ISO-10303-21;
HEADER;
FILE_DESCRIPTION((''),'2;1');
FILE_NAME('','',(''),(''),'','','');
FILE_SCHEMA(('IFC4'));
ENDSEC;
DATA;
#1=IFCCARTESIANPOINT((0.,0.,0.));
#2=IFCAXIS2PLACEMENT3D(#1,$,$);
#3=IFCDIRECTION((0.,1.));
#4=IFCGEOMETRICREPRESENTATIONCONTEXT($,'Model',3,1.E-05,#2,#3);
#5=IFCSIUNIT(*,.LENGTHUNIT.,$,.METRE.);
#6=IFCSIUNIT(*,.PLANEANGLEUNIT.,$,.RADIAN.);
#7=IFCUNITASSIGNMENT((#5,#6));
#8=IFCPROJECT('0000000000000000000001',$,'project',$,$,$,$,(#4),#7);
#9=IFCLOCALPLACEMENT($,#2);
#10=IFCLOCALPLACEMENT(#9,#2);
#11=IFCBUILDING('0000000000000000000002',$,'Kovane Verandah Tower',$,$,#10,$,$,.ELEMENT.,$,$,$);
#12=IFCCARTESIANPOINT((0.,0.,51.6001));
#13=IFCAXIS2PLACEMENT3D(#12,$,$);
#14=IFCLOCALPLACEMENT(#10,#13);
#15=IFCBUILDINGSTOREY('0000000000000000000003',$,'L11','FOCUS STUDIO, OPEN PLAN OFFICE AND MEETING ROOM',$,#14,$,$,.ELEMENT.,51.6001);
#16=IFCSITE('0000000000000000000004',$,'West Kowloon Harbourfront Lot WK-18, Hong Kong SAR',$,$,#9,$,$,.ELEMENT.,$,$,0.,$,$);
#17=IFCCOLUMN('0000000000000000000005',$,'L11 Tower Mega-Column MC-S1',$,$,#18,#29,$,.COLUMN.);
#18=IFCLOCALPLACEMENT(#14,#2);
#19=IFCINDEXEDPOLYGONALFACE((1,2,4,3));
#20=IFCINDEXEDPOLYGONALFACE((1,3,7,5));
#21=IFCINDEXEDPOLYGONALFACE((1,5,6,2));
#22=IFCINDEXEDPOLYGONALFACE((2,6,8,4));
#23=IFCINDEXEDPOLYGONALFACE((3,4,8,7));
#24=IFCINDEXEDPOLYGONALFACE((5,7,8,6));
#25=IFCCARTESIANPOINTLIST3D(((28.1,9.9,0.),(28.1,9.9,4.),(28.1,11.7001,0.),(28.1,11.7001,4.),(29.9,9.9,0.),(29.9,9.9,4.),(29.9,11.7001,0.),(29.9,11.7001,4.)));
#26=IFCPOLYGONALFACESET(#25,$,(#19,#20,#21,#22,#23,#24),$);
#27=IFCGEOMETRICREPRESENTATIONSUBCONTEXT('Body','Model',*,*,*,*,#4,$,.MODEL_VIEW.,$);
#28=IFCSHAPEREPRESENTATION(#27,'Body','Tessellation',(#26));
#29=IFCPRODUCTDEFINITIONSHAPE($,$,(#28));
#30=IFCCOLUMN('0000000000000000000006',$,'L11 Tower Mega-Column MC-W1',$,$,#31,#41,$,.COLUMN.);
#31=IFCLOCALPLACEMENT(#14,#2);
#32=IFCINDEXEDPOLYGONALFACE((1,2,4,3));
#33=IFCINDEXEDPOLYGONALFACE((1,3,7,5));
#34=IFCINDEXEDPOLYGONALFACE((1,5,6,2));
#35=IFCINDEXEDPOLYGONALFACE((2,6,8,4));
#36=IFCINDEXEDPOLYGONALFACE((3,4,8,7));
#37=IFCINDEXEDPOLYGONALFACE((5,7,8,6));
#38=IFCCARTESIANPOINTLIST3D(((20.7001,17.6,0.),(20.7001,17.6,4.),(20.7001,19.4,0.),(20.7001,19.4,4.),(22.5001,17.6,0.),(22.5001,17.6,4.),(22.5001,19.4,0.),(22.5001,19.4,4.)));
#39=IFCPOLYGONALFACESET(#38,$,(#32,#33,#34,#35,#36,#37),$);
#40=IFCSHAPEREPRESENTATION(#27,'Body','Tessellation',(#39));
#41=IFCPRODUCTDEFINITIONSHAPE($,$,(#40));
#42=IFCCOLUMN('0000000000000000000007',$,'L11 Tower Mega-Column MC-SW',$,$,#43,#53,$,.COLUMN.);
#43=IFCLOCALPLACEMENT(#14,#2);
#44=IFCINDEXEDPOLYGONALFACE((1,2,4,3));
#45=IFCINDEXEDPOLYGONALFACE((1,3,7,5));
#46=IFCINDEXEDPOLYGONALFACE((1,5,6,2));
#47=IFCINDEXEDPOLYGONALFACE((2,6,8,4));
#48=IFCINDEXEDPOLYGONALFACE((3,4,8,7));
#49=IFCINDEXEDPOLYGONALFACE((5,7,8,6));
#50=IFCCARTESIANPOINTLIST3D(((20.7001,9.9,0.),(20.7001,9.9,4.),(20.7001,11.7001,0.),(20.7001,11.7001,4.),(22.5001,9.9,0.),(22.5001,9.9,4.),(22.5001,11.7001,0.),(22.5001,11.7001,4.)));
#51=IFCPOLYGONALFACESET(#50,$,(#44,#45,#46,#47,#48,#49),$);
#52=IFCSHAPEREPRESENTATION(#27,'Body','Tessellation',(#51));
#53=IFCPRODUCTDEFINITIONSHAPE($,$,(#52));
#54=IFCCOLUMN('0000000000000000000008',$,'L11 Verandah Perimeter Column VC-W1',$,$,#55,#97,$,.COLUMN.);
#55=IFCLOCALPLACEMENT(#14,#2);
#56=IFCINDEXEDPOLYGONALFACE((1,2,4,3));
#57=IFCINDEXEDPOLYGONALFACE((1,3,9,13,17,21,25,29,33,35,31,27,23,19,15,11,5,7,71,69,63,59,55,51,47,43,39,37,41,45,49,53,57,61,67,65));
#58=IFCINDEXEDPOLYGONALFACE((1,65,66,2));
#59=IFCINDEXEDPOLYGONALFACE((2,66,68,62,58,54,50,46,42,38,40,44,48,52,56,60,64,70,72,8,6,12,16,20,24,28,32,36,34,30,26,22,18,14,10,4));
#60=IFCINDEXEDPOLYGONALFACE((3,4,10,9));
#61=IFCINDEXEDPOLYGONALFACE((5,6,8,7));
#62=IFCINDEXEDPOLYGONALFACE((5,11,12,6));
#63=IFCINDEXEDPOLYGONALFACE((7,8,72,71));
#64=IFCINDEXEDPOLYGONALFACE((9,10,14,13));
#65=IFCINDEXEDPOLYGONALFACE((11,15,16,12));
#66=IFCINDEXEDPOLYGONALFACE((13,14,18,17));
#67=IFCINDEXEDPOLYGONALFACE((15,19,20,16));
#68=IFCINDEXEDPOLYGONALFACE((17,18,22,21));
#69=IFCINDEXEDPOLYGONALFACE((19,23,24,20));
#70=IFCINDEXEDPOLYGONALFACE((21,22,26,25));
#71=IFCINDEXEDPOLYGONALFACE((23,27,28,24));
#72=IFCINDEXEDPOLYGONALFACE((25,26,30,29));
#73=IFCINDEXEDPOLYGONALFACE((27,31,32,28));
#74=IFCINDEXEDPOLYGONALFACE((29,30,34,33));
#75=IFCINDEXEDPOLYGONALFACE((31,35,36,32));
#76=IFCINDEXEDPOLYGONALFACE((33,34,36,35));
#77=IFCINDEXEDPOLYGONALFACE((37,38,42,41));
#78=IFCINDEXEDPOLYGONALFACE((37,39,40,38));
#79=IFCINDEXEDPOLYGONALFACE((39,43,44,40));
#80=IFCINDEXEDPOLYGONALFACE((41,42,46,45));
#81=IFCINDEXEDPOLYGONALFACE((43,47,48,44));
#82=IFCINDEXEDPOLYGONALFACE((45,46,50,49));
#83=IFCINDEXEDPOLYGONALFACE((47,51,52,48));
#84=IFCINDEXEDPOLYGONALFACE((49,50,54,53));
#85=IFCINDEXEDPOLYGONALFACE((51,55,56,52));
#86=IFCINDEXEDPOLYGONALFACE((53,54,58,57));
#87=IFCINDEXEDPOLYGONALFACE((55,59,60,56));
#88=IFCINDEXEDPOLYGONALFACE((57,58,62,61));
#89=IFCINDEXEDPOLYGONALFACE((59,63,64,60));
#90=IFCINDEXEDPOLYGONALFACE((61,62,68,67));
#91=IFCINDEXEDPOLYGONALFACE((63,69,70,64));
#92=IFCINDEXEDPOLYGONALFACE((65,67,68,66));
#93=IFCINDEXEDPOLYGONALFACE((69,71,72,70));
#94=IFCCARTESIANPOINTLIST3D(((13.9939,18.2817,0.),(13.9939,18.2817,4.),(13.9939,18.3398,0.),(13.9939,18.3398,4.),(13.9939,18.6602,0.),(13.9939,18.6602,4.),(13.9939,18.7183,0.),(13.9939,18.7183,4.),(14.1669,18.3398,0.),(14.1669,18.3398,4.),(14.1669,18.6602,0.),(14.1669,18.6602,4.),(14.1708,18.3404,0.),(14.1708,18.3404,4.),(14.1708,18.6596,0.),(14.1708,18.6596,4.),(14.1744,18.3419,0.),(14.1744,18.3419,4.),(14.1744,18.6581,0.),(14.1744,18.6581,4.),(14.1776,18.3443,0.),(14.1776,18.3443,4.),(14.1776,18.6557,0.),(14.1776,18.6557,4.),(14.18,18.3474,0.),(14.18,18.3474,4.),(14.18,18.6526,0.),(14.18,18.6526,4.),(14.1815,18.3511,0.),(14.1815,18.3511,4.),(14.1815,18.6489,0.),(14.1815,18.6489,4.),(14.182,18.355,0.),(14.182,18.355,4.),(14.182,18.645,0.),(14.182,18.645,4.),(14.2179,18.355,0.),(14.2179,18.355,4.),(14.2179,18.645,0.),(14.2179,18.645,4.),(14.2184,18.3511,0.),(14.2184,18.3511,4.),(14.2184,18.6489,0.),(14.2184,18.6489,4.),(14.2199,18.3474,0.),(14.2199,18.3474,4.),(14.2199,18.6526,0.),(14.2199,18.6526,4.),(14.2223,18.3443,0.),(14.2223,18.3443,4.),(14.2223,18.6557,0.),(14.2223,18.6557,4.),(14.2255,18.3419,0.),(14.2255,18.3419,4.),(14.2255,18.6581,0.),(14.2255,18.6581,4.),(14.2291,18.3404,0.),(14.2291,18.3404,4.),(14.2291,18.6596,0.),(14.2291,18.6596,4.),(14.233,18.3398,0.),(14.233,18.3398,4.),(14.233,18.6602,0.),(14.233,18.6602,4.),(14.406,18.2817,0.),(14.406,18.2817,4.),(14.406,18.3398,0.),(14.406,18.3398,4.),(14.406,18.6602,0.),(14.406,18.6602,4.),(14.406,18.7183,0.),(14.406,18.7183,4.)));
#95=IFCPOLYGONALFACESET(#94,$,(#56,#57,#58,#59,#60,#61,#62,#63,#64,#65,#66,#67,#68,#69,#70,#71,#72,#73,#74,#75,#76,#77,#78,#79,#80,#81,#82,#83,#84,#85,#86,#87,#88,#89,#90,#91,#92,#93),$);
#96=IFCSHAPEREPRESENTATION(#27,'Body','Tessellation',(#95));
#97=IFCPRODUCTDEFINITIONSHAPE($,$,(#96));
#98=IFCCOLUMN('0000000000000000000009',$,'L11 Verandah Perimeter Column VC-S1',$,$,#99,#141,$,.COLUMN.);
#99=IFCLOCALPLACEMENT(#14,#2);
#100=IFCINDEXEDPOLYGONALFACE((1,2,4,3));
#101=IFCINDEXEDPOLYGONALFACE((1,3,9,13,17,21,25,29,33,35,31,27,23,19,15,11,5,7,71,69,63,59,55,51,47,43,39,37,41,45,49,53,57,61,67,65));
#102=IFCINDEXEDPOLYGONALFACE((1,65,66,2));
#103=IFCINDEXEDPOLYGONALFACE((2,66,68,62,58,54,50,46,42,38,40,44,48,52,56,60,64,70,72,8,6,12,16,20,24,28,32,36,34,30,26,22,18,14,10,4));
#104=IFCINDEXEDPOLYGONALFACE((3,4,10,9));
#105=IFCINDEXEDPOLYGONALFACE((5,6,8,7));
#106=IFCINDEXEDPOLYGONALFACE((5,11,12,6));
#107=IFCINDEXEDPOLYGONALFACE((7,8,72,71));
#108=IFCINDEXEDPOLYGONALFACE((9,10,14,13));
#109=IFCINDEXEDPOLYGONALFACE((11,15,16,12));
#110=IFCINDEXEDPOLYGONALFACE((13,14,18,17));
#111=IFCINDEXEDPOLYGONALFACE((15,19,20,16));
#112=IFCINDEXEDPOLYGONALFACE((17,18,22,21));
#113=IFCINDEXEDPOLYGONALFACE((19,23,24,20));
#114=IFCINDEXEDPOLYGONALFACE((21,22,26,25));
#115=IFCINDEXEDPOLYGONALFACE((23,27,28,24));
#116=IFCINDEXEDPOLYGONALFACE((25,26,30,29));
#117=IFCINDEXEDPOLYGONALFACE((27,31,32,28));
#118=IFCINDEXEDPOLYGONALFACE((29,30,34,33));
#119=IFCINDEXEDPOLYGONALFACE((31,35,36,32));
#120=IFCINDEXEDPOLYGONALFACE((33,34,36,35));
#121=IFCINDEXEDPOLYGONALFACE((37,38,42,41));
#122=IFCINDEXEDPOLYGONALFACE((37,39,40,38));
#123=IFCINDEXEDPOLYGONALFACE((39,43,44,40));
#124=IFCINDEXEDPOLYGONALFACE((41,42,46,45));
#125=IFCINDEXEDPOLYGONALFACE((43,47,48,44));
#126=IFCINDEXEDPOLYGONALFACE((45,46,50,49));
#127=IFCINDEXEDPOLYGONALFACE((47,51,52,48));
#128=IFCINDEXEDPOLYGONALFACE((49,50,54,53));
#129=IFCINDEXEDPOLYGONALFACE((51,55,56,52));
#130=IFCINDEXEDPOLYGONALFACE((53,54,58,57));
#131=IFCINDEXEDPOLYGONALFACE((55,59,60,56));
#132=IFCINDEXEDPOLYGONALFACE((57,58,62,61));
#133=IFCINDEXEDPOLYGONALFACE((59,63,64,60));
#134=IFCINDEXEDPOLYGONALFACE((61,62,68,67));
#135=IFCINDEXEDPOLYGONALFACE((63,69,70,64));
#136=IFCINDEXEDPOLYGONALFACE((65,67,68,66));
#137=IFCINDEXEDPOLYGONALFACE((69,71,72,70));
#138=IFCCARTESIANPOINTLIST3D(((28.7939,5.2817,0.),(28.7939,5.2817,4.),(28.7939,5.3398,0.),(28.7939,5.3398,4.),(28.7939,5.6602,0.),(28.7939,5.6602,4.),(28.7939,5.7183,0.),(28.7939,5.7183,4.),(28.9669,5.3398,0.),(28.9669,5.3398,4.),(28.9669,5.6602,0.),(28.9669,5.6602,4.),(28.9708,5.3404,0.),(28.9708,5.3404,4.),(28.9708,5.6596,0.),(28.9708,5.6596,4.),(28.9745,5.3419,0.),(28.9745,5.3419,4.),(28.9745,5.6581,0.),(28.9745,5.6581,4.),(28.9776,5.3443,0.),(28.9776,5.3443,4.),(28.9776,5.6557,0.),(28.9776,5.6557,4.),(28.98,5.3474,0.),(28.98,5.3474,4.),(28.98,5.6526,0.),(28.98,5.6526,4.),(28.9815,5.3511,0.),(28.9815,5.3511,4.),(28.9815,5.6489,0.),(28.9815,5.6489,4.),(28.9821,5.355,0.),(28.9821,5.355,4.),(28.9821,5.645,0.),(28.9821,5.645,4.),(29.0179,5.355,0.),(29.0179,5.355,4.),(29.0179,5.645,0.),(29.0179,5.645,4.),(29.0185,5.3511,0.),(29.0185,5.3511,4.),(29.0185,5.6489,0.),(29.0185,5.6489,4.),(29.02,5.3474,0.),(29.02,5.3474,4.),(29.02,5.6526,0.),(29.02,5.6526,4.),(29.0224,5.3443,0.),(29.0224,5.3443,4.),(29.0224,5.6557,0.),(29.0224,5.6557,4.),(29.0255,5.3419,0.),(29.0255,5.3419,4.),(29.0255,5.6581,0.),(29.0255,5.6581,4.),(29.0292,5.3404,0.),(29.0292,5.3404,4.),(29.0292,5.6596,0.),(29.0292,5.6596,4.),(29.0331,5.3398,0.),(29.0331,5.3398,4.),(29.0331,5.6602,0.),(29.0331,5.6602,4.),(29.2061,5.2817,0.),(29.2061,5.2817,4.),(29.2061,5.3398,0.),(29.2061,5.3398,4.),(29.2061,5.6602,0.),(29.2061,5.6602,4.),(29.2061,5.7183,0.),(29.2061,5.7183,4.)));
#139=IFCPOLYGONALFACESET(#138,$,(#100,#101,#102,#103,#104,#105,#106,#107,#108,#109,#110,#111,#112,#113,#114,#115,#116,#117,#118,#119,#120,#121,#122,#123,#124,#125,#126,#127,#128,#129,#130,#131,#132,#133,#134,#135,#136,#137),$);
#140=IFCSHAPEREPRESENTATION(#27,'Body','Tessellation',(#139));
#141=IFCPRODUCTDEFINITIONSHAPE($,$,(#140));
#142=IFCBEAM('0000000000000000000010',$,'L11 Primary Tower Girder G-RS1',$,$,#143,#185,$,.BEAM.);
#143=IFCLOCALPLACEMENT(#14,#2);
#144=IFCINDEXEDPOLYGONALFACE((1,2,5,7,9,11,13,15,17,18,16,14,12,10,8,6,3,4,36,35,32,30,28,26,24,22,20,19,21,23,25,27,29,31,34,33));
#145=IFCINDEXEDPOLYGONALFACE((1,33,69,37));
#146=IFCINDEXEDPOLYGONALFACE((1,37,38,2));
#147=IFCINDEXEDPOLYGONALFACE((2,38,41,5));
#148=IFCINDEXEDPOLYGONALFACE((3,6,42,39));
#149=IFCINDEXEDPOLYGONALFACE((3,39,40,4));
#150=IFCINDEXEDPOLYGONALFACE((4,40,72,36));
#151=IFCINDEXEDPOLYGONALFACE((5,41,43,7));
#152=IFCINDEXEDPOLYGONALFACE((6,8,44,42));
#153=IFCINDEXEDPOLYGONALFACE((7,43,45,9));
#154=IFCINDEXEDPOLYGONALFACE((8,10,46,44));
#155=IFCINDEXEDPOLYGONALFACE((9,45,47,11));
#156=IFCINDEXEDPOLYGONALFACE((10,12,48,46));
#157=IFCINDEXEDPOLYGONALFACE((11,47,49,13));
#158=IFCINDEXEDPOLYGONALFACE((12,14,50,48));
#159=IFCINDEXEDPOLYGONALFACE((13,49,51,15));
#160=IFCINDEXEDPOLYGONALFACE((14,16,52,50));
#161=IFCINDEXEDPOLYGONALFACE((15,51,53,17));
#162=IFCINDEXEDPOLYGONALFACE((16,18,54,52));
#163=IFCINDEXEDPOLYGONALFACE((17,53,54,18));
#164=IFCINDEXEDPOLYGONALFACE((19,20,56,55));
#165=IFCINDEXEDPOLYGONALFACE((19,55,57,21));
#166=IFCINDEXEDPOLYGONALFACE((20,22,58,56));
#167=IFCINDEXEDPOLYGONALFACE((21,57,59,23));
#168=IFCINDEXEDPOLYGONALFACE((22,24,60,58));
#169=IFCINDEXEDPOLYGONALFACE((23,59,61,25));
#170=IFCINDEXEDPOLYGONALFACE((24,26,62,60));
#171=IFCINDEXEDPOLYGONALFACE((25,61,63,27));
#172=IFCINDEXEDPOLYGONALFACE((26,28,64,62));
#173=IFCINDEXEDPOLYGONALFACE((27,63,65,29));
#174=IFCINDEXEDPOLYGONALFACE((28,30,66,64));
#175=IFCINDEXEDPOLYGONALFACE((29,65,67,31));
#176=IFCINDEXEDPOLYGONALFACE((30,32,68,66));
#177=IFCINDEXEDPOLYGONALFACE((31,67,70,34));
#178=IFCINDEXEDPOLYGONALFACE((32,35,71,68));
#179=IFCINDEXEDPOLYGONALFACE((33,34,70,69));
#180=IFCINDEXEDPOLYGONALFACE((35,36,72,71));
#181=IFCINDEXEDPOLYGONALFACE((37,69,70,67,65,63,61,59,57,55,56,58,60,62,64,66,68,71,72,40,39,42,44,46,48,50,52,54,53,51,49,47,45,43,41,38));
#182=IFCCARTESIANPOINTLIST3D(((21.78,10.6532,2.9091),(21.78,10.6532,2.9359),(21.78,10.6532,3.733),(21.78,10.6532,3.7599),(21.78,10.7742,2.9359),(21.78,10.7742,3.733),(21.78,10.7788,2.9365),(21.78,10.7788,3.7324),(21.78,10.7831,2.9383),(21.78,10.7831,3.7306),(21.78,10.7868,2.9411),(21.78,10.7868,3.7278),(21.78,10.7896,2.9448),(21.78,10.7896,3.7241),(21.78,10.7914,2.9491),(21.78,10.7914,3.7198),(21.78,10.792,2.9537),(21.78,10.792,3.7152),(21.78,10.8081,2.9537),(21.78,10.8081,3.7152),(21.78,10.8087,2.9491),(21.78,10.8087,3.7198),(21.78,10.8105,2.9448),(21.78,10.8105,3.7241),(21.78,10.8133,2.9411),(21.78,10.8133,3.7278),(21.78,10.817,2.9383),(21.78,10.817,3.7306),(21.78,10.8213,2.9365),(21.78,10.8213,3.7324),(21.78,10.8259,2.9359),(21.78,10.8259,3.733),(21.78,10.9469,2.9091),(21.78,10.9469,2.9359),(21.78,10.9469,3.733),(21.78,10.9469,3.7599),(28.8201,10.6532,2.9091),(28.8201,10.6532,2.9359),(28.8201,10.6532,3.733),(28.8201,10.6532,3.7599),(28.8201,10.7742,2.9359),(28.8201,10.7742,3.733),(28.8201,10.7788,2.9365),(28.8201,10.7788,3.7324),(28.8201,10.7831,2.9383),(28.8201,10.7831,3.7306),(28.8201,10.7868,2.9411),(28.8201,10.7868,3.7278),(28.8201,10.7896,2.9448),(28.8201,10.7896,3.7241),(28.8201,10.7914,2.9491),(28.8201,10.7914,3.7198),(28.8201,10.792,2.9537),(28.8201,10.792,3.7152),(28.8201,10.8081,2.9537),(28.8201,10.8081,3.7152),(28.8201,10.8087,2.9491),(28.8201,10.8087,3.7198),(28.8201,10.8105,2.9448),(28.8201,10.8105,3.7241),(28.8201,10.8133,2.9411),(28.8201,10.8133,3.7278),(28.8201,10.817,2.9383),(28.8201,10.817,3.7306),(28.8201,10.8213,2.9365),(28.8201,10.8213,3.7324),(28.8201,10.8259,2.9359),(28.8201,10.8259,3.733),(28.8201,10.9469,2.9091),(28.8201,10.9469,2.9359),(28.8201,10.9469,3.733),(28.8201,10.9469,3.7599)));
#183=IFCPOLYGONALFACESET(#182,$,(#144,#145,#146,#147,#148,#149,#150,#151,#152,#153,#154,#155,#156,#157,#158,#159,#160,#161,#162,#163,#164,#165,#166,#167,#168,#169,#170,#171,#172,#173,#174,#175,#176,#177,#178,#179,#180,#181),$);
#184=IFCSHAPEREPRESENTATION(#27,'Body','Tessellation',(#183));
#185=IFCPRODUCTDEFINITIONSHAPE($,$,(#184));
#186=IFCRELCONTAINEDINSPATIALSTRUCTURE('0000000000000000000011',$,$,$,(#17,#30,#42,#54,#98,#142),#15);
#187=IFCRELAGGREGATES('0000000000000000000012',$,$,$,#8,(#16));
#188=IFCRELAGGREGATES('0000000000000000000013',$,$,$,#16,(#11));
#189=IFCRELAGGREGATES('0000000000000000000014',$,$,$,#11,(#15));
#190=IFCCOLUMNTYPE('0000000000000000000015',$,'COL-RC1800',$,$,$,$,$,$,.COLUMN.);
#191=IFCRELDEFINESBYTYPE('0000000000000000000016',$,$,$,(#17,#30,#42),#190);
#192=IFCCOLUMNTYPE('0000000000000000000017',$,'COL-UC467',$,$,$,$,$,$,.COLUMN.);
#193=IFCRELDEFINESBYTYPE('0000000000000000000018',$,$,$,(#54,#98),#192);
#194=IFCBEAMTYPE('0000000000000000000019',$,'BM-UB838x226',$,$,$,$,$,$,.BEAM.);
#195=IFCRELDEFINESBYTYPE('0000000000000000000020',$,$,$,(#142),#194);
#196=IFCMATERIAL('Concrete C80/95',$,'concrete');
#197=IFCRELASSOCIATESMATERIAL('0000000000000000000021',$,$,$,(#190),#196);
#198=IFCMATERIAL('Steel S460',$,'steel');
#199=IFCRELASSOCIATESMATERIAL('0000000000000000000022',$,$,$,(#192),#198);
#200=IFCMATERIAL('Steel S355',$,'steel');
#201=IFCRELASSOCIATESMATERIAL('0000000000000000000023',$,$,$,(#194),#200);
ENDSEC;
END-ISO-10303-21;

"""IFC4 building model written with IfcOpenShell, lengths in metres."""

from ifc_helpers import new_model, si_unit, direction, frame, origin, origin_2d, place, context, subcontext, project, spatial, rectangle, i_section, extrude, material, material_profile, profile_set, type_object, element, save


model = new_model("IFC4")

# Units and contexts
model_context = context("Model", 3, precision=1e-05, world=origin(), true_north=direction((0.0, 1.0)))
body_context = subcontext(model_context, "Body", "Model", "MODEL_VIEW")
ifc_project = project(units=[si_unit("LENGTHUNIT", "METRE"), si_unit("PLANEANGLEUNIT", "RADIAN")], contexts=[model_context])

# Site, building, storey
site_placement = place(None, origin())
site = spatial("IfcSite", under=ifc_project, at=site_placement, Name="West Kowloon Harbourfront Lot WK-18, Hong Kong SAR", CompositionType="ELEMENT", RefElevation=0.0)
building_placement = place(site_placement, origin())
building = spatial("IfcBuilding", under=site, at=building_placement, Name="Kovane Verandah Tower", CompositionType="ELEMENT")
storey_placement = place(building_placement, frame((0.0, 0.0, 51.6001)))
storey = spatial("IfcBuildingStorey", under=building, at=storey_placement, Name="L11", Description="FOCUS STUDIO, OPEN PLAN OFFICE AND MEETING ROOM", CompositionType="ELEMENT", Elevation=51.6001)

# Columns
ifc_material_1 = material(Name="Concrete C80/95", Category="concrete")
ifc_material_profile_1 = material_profile(ifc_material_1, rectangle(XDim=1.8, YDim=1.8, at=origin_2d()), Name="RC1800x1800")
ifc_profile_set_1 = profile_set([ifc_material_profile_1], Name="Concrete C80/95")
column_type_1 = type_object("IfcColumnType", Name="COL-RC1800", PredefinedType="COLUMN", material=ifc_profile_set_1)
for number, where, z_axis, x_axis, name in (
    (1, (29.0, 10.8, 0.0), (0.0, 0.0, 1.0), (1.0, 0.0, 0.0), "L11 Tower Mega-Column MC-S1"),
    (2, (21.6001, 18.5, 0.0), (0.0, 0.0, 1.0), (1.0, 0.0, 0.0), "L11 Tower Mega-Column MC-W1"),
    (3, (21.6001, 10.8, 0.0), (0.0, 0.0, 1.0), (1.0, 0.0, 0.0), "L11 Tower Mega-Column MC-SW"),
):
    element("IfcColumn", number, at=place(storey_placement, frame(where, z_axis=z_axis, x_axis=x_axis)), inside=storey, type_object=column_type_1, Name=name, PredefinedType="COLUMN", context=body_context, shape_type="SweptSolid", body=[
        extrude(rectangle(XDim=1.8, YDim=1.8, at=origin_2d()), origin(), (0.0, 0.0, 1.0), 4.0),
    ])
ifc_material_2 = material(Name="Steel S460", Category="steel")
ifc_material_profile_2 = material_profile(ifc_material_2, i_section(OverallWidth=0.4121, OverallDepth=0.4365, WebThickness=0.0359, FlangeThickness=0.0581, FilletRadius=0.0151, at=origin_2d()), Name="UC356x406x467")
ifc_profile_set_2 = profile_set([ifc_material_profile_2], Name="Steel S460")
column_type_2 = type_object("IfcColumnType", Name="COL-UC467", PredefinedType="COLUMN", material=ifc_profile_set_2)
for number, where, z_axis, x_axis, name in (
    (4, (14.2, 18.5, 0.0), (0.0, 0.0, 1.0), (1.0, 0.0, 0.0), "L11 Verandah Perimeter Column VC-W1"),
    (5, (29.0, 5.5, 0.0), (0.0, 0.0, 1.0), (1.0, 0.0, 0.0), "L11 Verandah Perimeter Column VC-S1"),
):
    element("IfcColumn", number, at=place(storey_placement, frame(where, z_axis=z_axis, x_axis=x_axis)), inside=storey, type_object=column_type_2, Name=name, PredefinedType="COLUMN", context=body_context, shape_type="SweptSolid", body=[
        extrude(i_section(OverallWidth=0.4121, OverallDepth=0.4365, WebThickness=0.0359, FlangeThickness=0.0581, FilletRadius=0.0151, at=origin_2d()), origin(), (0.0, 0.0, 1.0), 4.0),
    ])

# Beam
ifc_material_3 = material(Name="Steel S355", Category="steel")
ifc_material_profile_3 = material_profile(ifc_material_3, i_section(OverallWidth=0.2937, OverallDepth=0.8508, WebThickness=0.0161, FlangeThickness=0.0269, FilletRadius=0.0178, at=origin_2d()), Name="UB838x292x226")
ifc_profile_set_3 = profile_set([ifc_material_profile_3], Name="Steel S355")
beam_type_1 = type_object("IfcBeamType", Name="BM-UB838x226", PredefinedType="BEAM", material=ifc_profile_set_3)
beam_1_placement = place(storey_placement, frame((21.78, 10.8, 3.3345), z_axis=(1.0, 0.0, 0.0), x_axis=(0.0, 1.0, 0.0)))
element("IfcBeam", 6, at=beam_1_placement, inside=storey, type_object=beam_type_1, Name="L11 Primary Tower Girder G-RS1", PredefinedType="BEAM", context=body_context, shape_type="SweptSolid", body=[
    extrude(i_section(OverallWidth=0.2937, OverallDepth=0.8508, WebThickness=0.0161, FlangeThickness=0.0269, FilletRadius=0.0178, at=origin_2d()), origin(), (0.0, 0.0, 1.0), 7.04),
])

save(model, "model.ifc")
